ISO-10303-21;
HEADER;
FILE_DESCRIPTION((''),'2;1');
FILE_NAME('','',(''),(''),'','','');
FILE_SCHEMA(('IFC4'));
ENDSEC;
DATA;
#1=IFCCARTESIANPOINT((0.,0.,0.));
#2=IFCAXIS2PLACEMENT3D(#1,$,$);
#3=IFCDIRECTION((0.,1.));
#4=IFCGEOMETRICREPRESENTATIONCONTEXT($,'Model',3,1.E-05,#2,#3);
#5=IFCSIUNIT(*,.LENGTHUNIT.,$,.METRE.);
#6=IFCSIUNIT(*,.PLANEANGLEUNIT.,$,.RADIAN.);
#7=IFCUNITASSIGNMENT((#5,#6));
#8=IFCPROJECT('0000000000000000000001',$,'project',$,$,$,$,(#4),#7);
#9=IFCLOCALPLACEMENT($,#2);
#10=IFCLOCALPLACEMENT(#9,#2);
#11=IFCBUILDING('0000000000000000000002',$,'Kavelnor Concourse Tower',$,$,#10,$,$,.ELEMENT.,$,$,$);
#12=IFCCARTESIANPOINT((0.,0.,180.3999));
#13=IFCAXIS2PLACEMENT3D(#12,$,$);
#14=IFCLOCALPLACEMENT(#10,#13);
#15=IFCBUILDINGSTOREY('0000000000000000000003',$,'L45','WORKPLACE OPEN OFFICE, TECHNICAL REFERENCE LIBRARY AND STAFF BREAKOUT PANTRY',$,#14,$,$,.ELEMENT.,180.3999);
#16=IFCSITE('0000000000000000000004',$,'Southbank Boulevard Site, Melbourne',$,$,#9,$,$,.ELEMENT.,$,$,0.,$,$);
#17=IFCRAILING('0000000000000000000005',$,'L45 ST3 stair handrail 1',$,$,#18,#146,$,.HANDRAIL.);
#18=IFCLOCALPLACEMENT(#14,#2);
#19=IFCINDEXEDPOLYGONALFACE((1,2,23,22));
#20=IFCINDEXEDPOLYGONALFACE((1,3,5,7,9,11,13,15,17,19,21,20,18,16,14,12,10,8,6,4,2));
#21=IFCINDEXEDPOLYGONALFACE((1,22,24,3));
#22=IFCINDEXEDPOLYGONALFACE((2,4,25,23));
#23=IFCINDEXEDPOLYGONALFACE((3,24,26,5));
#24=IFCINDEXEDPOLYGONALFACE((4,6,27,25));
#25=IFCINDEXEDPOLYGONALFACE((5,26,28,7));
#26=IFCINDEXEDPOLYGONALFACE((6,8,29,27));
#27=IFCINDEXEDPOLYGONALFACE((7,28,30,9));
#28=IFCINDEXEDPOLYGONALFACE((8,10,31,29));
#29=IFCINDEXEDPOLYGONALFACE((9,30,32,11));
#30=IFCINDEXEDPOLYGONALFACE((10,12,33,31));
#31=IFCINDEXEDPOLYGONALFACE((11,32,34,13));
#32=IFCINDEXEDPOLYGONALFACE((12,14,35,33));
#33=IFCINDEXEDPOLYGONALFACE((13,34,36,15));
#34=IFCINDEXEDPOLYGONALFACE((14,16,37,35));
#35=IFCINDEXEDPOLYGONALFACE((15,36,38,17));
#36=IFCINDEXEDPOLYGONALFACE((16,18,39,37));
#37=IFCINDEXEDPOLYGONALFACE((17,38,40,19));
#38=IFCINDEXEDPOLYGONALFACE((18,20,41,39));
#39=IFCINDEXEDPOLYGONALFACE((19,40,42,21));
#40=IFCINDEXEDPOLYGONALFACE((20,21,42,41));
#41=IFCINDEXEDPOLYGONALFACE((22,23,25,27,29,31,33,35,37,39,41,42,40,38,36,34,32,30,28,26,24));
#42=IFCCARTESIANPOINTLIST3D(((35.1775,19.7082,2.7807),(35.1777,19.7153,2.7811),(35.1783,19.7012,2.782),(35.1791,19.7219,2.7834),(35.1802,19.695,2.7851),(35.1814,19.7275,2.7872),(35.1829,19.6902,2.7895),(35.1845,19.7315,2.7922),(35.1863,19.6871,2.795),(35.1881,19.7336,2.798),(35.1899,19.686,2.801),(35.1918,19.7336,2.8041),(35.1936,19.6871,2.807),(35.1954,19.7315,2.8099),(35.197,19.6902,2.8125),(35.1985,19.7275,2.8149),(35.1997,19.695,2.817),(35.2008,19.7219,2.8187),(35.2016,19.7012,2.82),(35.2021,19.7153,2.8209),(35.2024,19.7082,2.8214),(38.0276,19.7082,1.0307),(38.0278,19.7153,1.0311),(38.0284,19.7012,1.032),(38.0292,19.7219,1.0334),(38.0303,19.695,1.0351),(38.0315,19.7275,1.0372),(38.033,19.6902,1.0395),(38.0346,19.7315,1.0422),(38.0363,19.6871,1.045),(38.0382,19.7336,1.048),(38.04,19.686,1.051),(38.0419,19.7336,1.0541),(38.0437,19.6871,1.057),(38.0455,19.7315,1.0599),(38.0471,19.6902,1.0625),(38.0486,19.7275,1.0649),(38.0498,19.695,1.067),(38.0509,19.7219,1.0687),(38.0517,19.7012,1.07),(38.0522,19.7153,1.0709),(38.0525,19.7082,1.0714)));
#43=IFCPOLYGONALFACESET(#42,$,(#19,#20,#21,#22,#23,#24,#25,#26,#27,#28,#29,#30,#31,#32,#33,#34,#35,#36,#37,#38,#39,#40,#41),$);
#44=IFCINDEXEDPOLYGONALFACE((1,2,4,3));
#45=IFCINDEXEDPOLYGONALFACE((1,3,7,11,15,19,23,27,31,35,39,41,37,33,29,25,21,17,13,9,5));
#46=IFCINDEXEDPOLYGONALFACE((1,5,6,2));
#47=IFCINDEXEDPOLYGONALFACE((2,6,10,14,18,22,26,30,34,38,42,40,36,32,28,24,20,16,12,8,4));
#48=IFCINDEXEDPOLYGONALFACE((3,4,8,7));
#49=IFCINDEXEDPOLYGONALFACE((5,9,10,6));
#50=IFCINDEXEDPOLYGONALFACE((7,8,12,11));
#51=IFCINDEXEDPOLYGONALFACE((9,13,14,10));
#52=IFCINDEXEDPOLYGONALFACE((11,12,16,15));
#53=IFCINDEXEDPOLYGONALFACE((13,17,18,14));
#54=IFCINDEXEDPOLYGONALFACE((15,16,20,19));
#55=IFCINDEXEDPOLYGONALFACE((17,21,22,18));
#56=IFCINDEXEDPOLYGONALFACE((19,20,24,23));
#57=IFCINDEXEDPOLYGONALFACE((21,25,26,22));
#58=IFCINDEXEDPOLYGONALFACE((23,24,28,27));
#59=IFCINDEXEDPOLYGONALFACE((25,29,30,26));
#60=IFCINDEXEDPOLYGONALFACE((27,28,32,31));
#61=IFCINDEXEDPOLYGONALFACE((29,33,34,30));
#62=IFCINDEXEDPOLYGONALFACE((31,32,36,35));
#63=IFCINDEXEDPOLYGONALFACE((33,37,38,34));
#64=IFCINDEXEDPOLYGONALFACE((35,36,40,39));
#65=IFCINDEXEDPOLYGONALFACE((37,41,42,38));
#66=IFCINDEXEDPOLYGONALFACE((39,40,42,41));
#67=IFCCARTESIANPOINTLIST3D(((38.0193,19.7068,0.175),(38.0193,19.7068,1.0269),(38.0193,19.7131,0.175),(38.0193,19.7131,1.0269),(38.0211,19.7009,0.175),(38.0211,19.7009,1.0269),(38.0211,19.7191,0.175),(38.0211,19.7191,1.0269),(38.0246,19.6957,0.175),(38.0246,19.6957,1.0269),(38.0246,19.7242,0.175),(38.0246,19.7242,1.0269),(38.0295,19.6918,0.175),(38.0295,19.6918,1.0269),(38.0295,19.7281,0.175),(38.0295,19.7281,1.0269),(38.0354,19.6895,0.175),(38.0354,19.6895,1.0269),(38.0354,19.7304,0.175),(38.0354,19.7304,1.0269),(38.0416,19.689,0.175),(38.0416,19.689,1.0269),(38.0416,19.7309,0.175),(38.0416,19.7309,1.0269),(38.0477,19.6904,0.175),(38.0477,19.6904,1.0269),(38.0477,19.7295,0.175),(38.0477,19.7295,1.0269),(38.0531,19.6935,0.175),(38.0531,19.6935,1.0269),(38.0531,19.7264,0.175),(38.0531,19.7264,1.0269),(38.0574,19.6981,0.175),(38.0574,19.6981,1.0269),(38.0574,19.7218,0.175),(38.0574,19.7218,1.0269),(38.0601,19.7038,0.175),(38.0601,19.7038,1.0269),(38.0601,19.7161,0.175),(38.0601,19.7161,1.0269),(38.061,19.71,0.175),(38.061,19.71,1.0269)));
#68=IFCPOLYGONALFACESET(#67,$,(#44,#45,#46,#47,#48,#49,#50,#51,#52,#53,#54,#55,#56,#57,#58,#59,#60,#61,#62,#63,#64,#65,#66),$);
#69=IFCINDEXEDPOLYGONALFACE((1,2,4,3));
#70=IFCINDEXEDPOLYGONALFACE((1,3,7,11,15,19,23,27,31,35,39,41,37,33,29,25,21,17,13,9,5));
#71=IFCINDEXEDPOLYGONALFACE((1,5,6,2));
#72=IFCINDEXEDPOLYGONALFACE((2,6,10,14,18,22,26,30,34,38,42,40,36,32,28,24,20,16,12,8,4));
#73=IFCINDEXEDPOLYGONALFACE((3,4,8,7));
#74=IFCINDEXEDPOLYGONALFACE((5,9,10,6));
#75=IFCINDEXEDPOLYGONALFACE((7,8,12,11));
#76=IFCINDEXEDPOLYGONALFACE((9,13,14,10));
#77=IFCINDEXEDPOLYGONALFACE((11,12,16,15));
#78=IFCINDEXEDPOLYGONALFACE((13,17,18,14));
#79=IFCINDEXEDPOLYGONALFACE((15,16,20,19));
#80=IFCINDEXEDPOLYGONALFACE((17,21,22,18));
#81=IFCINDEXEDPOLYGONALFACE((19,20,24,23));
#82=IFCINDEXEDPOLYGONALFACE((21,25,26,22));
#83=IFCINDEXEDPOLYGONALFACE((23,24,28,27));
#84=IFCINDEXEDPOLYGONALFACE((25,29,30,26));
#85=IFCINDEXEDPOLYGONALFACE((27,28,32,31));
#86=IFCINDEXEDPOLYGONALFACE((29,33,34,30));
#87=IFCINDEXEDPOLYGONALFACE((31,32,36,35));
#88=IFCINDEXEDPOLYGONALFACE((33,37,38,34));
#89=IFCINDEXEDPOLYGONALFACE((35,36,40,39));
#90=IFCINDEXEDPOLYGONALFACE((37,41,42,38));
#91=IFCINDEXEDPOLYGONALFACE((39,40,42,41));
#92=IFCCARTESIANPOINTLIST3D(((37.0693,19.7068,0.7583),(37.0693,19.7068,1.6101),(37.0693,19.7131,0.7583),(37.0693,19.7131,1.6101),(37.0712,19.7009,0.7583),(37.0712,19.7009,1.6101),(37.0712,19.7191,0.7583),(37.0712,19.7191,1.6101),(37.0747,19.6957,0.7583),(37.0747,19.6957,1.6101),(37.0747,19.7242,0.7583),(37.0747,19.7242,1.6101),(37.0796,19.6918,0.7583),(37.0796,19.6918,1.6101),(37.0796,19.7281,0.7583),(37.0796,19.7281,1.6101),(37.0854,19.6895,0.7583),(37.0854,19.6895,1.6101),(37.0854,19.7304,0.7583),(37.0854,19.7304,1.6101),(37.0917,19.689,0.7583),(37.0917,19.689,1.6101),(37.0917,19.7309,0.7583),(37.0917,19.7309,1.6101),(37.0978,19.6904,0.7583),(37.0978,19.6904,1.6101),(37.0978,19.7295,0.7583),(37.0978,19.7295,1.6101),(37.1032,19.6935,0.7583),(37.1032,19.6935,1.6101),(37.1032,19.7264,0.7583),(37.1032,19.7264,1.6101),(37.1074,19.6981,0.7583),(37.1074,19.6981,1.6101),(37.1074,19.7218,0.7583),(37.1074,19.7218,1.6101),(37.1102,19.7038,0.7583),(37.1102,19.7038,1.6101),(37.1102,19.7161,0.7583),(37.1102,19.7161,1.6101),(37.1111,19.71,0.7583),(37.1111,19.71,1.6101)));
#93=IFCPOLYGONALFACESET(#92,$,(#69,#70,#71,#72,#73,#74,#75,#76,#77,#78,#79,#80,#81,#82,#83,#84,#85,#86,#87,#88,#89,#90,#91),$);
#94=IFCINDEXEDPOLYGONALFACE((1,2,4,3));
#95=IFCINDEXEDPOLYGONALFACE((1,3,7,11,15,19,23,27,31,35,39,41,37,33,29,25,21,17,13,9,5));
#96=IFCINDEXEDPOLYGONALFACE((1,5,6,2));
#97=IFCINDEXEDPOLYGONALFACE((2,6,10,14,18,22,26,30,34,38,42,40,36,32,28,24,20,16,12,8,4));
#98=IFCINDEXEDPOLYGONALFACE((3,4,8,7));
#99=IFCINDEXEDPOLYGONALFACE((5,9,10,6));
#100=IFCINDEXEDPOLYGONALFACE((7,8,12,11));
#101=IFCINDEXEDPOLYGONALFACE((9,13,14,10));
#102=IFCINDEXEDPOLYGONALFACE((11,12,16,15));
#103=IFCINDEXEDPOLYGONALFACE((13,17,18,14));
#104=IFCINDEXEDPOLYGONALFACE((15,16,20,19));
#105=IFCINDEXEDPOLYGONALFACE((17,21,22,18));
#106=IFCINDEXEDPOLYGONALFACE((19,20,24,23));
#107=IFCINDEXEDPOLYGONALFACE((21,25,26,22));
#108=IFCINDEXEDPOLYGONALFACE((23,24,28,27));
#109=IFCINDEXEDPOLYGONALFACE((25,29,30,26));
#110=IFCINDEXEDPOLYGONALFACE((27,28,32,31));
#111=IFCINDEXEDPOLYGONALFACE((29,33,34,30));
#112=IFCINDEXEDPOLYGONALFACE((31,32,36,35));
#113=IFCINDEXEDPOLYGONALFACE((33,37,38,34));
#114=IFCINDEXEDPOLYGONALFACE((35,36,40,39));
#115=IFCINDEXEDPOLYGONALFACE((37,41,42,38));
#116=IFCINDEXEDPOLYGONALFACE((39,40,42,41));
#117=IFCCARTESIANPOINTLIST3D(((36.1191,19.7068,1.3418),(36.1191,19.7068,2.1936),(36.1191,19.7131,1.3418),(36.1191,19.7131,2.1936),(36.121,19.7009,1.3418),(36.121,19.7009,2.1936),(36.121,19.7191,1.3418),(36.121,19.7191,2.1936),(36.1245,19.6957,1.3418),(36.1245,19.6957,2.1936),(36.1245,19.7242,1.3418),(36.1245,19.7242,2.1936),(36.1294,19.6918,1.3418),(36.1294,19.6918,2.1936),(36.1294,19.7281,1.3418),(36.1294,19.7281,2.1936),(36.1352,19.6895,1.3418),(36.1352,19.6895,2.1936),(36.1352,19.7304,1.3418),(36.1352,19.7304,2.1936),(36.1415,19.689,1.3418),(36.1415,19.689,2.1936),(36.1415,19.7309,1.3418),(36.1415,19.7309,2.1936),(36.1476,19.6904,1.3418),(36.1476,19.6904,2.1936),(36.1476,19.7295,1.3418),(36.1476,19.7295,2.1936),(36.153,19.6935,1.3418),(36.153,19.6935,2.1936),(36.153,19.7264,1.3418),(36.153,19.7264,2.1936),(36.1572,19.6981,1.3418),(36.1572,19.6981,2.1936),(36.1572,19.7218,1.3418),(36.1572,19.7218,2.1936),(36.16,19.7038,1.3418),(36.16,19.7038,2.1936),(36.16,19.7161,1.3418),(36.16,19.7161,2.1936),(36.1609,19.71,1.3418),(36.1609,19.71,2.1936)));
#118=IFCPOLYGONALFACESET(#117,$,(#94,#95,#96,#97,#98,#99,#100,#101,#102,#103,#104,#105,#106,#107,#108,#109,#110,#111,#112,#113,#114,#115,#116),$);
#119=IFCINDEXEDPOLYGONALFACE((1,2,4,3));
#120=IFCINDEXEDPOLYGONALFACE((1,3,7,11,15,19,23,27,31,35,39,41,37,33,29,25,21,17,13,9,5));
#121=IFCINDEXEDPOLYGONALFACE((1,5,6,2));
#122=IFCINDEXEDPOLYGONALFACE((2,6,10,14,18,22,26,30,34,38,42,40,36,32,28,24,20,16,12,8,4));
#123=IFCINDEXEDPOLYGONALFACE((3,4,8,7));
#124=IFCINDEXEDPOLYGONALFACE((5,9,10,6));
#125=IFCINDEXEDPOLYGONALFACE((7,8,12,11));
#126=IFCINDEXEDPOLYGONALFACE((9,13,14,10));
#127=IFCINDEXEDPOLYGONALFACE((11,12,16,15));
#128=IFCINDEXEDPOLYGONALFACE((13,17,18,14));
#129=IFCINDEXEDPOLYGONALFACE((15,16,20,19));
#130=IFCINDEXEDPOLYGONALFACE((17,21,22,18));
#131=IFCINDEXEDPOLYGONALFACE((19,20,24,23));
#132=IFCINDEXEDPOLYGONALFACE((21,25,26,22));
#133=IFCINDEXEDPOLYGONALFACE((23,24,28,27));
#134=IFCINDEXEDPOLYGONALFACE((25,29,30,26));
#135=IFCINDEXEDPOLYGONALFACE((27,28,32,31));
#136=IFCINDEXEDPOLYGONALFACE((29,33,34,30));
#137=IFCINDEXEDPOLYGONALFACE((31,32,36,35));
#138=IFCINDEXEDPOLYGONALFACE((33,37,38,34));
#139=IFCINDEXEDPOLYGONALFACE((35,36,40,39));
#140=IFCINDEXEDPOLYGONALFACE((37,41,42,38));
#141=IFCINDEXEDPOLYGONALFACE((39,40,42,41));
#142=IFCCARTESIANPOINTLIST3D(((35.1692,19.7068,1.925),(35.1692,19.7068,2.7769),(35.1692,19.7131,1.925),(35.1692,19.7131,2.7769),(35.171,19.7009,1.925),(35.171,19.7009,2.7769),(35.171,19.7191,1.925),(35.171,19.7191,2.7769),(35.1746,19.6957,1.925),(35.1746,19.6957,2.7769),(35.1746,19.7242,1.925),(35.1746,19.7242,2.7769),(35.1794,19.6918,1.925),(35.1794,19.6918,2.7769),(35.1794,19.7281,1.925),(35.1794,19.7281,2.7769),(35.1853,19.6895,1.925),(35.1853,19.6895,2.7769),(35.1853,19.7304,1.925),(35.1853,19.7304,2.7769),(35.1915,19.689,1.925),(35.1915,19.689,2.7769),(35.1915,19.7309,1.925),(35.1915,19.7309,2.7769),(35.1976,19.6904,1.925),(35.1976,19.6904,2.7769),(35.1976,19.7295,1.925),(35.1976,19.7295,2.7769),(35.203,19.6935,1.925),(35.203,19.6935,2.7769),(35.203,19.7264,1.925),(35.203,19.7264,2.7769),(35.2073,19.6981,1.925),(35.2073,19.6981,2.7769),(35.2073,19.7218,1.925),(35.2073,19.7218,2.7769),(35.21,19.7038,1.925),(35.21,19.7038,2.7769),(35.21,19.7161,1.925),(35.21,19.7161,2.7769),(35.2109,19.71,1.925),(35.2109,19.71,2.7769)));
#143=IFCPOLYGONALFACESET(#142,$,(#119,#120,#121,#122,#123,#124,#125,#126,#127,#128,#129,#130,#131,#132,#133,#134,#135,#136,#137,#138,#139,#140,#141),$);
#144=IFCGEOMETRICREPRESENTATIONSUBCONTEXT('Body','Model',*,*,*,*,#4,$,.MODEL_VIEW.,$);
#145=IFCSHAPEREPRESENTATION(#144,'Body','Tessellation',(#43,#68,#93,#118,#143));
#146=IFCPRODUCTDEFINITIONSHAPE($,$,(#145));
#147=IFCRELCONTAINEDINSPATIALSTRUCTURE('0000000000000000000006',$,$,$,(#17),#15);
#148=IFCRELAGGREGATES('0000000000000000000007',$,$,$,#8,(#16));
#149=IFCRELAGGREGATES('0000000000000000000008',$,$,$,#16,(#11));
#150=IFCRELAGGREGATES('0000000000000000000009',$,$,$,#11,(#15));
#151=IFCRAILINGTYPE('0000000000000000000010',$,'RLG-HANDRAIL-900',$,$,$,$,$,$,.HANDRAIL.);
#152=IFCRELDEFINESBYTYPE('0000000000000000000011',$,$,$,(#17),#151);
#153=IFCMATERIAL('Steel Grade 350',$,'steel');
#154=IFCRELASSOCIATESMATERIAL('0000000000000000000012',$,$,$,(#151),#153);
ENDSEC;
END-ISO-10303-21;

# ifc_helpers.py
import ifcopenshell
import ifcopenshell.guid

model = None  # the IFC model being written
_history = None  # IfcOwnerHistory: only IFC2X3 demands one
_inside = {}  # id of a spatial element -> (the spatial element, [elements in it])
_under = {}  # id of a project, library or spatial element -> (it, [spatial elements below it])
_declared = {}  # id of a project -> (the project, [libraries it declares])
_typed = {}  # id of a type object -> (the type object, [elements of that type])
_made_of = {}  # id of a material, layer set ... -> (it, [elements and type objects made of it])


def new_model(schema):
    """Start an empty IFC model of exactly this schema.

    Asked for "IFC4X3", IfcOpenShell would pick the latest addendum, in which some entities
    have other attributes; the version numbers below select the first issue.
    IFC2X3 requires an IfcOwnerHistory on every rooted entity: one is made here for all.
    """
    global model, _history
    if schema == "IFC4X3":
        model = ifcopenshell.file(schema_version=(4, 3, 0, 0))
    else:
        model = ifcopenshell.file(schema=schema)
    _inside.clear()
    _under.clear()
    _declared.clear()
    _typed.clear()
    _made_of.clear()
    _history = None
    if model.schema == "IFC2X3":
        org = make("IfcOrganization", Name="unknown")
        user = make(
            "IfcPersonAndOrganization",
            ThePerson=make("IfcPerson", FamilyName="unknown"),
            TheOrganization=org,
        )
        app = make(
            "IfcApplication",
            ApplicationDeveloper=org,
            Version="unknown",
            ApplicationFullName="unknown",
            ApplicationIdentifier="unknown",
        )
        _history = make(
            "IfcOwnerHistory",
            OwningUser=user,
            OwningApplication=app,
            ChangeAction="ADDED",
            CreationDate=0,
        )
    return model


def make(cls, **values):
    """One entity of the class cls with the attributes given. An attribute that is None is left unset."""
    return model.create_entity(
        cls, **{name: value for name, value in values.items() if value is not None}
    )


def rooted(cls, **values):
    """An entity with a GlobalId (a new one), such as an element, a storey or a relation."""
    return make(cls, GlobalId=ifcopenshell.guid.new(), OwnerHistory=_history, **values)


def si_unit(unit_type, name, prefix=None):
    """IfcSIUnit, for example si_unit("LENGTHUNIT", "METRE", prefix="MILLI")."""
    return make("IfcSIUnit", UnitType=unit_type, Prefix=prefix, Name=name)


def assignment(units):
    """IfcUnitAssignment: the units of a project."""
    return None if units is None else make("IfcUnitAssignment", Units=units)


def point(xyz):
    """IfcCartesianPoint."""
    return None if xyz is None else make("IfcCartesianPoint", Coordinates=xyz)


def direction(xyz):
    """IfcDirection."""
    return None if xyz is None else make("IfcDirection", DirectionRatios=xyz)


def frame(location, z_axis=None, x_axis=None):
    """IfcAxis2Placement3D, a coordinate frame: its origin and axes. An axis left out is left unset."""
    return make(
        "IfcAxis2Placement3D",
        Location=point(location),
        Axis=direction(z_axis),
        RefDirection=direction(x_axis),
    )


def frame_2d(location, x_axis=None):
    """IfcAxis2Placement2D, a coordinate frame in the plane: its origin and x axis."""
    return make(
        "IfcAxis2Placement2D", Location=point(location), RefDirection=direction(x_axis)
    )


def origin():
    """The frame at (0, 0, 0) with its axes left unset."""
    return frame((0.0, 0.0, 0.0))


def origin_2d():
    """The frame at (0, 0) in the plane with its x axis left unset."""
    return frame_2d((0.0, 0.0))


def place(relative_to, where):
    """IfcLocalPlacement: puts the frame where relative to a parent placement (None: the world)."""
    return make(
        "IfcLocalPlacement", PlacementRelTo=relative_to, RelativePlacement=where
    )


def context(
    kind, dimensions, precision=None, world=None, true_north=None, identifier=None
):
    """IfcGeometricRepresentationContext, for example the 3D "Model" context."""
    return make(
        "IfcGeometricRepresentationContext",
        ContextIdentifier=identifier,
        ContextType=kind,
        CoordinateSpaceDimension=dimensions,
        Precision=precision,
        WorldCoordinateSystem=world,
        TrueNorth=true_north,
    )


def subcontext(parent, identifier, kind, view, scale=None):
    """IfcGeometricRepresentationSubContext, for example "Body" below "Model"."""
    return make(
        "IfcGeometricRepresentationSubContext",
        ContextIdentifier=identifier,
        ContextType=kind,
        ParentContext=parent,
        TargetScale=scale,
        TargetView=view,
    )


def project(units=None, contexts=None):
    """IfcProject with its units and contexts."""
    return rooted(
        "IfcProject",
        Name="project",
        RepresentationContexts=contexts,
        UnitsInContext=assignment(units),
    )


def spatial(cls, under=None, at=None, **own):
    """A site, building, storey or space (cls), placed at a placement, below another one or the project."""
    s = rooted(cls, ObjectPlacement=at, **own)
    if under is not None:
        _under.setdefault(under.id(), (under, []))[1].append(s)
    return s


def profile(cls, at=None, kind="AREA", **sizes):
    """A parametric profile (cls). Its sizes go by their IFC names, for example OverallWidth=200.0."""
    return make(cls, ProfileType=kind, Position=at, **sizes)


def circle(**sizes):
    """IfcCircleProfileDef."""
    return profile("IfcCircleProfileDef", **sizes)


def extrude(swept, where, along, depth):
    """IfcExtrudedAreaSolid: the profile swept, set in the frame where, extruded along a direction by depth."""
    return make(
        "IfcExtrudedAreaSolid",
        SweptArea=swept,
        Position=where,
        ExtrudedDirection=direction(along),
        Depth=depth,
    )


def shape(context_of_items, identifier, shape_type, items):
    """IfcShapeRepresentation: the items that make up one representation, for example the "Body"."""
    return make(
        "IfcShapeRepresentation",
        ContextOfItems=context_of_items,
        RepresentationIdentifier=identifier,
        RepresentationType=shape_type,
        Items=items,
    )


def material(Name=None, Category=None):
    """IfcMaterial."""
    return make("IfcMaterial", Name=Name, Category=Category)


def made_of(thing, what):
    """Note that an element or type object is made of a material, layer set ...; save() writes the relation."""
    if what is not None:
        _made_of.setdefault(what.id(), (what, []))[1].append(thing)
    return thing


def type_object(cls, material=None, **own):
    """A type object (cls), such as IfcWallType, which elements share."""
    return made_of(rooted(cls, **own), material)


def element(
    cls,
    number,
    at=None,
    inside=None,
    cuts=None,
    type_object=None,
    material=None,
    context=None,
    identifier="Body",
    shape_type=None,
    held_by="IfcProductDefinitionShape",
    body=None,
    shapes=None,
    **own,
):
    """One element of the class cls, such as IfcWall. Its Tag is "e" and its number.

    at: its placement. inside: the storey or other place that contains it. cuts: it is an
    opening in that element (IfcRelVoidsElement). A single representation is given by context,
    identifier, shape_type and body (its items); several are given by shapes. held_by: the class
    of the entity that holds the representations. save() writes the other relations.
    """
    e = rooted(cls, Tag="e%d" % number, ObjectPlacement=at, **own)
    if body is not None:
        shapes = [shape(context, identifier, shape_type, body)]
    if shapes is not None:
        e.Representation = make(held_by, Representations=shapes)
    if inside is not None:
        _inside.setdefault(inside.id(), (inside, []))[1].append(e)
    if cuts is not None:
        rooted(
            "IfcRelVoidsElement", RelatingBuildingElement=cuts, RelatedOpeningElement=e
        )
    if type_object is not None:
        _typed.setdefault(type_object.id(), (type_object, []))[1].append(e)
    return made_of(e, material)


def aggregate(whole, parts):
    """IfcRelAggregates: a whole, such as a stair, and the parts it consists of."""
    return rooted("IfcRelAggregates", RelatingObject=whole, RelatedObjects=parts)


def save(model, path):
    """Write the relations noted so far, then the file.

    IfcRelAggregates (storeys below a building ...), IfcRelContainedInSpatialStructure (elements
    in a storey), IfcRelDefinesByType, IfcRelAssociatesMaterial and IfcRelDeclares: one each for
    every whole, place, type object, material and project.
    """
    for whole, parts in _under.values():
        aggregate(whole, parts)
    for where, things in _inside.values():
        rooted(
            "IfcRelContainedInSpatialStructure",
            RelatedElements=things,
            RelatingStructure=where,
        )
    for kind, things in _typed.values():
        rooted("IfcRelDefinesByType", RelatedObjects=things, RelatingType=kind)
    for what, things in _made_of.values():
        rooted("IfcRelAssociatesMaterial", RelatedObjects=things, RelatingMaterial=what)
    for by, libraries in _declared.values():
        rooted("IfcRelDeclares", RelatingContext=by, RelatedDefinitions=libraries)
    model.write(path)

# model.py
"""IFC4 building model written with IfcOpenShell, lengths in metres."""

from ifc_helpers import new_model, si_unit, direction, frame, origin, origin_2d, place, context, subcontext, project, spatial, circle, extrude, material, type_object, element, save


model = new_model("IFC4")

# Units and contexts
model_context = context("Model", 3, precision=1e-05, world=origin(), true_north=direction((0.0, 1.0)))
body_context = subcontext(model_context, "Body", "Model", "MODEL_VIEW")
ifc_project = project(units=[si_unit("LENGTHUNIT", "METRE"), si_unit("PLANEANGLEUNIT", "RADIAN")], contexts=[model_context])

# Site, building, storey
site_placement = place(None, origin())
site = spatial("IfcSite", under=ifc_project, at=site_placement, Name="Southbank Boulevard Site, Melbourne", CompositionType="ELEMENT", RefElevation=0.0)
building_placement = place(site_placement, origin())
building = spatial("IfcBuilding", under=site, at=building_placement, Name="Kavelnor Concourse Tower", CompositionType="ELEMENT")
storey_placement = place(building_placement, frame((0.0, 0.0, 180.3999)))
storey = spatial("IfcBuildingStorey", under=building, at=storey_placement, Name="L45", Description="WORKPLACE OPEN OFFICE, TECHNICAL REFERENCE LIBRARY AND STAFF BREAKOUT PANTRY", CompositionType="ELEMENT", Elevation=180.3999)

# Shared definitions
ifc_material_1 = material(Name="Steel Grade 350", Category="steel")

# Railing
railing_type_1 = type_object("IfcRailingType", Name="RLG-HANDRAIL-900", PredefinedType="HANDRAIL", material=ifc_material_1)
railing_1_placement = place(storey_placement, frame((38.04, 19.71, 0.175)))
element("IfcRailing", 1, at=railing_1_placement, inside=storey, type_object=railing_type_1, Name="L45 ST3 stair handrail 1", PredefinedType="HANDRAIL", context=body_context, shape_type="SweptSolid", body=[
    extrude(circle(Radius=0.0239, at=origin_2d()), frame((0.0, 0.0, 0.876), z_axis=(-0.852179, 0.0, 0.52325), x_axis=(0.0, -1.0, 0.0)), (0.0, 0.0, 1.0), 3.3445),
    extrude(circle(Radius=0.021, at=origin_2d()), origin(), (0.0, 0.0, 1.0), 0.8518),
    extrude(circle(Radius=0.021, at=origin_2d()), frame((-0.95, 0.0, 0.5833)), (0.0, 0.0, 1.0), 0.8518),
    extrude(circle(Radius=0.021, at=origin_2d()), frame((-1.9001, 0.0, 1.1667)), (0.0, 0.0, 1.0), 0.8518),
    extrude(circle(Radius=0.021, at=origin_2d()), frame((-2.8501, 0.0, 1.75)), (0.0, 0.0, 1.0), 0.8518),
])

save(model, "model.ifc")
